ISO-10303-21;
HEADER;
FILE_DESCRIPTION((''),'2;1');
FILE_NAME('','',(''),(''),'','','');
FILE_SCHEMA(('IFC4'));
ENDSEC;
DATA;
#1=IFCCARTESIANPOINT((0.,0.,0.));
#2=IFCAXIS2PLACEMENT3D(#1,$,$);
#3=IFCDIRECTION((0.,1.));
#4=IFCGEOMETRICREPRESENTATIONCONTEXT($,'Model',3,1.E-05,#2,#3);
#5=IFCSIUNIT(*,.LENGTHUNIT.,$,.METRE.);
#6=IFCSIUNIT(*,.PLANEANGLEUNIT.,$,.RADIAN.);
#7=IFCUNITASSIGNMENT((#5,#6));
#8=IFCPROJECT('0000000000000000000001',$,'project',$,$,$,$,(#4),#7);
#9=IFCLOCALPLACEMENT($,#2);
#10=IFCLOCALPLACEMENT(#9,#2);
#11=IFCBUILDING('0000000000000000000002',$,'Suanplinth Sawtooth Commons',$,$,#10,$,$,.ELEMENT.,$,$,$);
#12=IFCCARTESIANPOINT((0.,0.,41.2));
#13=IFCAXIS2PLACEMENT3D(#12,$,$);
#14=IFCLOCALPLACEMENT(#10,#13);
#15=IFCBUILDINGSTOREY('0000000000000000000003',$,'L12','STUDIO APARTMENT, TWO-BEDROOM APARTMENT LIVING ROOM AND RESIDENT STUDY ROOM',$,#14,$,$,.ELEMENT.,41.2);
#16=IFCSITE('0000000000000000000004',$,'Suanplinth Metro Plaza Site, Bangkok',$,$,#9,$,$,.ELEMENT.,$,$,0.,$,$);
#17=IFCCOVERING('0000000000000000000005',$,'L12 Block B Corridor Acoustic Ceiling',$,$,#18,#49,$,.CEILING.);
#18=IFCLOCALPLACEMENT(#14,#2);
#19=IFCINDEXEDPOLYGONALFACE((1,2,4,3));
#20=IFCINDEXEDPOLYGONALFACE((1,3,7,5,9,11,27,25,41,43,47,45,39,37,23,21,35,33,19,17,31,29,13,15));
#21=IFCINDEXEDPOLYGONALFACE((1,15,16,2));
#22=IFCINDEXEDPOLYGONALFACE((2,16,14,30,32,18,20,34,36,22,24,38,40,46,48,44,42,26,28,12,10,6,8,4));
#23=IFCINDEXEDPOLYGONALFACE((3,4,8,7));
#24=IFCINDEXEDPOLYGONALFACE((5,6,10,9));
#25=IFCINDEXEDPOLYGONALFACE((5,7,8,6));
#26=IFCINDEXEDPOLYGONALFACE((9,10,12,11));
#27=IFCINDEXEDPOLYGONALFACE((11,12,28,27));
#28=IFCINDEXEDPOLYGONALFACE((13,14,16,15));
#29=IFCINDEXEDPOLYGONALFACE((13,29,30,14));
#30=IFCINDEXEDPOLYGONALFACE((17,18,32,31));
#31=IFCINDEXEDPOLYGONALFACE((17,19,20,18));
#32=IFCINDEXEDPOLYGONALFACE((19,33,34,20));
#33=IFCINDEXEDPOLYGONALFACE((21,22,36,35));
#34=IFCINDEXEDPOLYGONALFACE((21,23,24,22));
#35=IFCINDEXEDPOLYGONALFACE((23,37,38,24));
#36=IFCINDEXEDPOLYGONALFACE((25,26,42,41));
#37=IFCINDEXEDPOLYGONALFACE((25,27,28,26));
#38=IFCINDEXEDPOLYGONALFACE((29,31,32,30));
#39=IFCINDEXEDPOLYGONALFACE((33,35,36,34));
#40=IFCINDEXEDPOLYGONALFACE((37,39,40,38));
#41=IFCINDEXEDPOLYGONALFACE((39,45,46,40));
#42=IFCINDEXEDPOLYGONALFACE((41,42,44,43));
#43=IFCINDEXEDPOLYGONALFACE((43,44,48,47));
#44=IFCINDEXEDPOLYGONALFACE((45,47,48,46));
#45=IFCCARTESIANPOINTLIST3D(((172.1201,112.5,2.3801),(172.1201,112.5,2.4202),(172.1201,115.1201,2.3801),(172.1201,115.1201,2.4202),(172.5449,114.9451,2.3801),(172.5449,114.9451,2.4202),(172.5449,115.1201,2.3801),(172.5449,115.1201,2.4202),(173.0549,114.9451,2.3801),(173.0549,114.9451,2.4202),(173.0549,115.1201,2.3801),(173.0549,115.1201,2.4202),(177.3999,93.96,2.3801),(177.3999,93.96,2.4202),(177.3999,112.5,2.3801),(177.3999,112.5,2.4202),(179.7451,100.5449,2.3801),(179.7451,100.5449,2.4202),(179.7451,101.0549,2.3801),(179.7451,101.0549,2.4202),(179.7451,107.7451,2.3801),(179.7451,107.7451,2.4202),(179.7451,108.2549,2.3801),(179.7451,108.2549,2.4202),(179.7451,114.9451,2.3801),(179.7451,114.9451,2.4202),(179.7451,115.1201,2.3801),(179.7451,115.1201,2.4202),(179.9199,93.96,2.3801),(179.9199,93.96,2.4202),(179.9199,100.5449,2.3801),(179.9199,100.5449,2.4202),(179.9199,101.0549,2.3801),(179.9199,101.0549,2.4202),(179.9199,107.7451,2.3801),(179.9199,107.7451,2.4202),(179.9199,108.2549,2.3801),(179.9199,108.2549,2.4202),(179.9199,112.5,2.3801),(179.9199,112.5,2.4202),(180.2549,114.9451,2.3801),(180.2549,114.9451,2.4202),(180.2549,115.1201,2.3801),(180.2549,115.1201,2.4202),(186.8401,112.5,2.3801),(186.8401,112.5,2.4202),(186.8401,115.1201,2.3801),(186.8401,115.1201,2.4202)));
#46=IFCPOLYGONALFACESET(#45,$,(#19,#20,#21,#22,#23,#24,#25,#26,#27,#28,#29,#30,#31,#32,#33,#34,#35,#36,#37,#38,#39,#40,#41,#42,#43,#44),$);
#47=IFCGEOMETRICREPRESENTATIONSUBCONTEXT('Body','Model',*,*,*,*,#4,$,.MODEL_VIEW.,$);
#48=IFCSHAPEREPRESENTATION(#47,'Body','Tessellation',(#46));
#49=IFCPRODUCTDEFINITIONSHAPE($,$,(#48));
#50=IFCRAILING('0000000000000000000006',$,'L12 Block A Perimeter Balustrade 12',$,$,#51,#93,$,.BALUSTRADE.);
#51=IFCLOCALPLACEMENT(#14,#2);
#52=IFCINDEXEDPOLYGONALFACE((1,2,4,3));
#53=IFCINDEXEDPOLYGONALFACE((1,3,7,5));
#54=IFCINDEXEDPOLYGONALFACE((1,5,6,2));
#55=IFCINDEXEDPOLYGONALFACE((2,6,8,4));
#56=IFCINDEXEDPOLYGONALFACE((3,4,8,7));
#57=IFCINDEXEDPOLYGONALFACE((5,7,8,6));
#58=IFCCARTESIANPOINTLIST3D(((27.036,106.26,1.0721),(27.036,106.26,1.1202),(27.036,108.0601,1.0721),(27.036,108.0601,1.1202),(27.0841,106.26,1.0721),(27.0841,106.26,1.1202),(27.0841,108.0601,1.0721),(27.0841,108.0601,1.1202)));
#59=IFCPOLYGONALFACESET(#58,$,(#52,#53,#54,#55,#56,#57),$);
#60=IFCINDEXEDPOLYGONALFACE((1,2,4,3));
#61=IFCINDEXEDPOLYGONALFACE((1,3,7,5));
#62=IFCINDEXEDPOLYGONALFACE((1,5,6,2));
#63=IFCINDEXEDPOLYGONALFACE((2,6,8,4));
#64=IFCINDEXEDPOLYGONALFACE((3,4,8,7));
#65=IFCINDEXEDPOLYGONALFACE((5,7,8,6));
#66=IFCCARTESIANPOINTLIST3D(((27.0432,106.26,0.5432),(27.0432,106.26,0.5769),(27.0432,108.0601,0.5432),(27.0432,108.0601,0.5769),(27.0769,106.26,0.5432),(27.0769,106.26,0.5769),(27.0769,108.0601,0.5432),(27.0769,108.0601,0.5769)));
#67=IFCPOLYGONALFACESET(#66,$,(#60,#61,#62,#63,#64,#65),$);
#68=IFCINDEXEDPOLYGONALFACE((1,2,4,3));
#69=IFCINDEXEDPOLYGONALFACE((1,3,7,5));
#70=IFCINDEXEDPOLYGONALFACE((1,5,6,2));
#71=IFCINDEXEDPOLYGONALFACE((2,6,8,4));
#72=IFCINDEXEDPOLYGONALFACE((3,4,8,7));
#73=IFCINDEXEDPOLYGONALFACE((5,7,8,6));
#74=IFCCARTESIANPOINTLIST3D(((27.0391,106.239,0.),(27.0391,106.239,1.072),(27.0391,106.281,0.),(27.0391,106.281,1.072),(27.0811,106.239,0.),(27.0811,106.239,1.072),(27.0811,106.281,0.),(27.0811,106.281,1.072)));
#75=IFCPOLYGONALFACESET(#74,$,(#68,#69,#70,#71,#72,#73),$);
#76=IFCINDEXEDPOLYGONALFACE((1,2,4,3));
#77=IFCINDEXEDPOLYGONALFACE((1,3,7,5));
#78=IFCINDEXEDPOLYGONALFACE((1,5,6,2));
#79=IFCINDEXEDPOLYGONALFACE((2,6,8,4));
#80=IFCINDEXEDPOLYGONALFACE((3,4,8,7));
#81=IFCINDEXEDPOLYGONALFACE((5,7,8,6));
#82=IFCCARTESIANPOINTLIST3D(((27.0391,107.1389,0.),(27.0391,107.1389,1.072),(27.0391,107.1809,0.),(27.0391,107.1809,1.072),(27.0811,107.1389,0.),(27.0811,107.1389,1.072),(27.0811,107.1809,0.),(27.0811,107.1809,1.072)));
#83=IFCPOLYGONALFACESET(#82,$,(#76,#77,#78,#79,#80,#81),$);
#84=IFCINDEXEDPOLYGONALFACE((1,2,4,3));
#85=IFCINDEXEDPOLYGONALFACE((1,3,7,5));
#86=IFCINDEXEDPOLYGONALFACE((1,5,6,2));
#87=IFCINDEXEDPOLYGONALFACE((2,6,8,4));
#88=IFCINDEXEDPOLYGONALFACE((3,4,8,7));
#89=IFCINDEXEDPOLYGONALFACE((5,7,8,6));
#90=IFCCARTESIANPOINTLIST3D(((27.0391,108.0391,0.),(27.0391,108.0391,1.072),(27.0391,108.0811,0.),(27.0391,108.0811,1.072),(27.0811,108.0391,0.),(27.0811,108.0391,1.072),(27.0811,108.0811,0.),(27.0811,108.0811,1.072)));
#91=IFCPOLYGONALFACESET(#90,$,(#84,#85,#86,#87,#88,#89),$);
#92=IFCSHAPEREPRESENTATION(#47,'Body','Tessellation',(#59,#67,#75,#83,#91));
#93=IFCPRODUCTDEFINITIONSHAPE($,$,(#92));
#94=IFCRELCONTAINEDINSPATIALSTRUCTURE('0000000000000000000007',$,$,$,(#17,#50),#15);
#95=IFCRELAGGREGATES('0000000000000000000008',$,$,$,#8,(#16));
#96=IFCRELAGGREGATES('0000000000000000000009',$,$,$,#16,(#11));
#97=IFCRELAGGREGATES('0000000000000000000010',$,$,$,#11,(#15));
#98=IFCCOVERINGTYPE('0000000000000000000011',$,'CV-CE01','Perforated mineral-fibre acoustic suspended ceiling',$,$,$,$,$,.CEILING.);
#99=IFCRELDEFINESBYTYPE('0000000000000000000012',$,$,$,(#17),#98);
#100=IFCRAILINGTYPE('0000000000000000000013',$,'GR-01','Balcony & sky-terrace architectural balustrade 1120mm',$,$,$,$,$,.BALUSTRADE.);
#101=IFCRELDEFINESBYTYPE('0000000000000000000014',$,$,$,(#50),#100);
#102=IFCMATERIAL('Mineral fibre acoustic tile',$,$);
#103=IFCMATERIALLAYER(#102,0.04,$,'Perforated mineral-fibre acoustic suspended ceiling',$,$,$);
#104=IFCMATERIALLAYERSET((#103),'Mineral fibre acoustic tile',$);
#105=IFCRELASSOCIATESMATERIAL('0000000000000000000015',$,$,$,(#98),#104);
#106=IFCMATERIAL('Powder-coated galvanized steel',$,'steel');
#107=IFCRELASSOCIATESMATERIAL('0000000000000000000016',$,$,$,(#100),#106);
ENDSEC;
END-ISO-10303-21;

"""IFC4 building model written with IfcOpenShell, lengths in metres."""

from ifc_helpers import new_model, si_unit, direction, frame, origin, origin_2d, place, context, subcontext, project, spatial, polyline, rectangle, outline, extrude, material, layer, layer_set, type_object, element, save


model = new_model("IFC4")

# Units and contexts
model_context = context("Model", 3, precision=1e-05, world=origin(), true_north=direction((0.0, 1.0)))
body_context = subcontext(model_context, "Body", "Model", "MODEL_VIEW")
ifc_project = project(units=[si_unit("LENGTHUNIT", "METRE"), si_unit("PLANEANGLEUNIT", "RADIAN")], contexts=[model_context])

# Site, building, storey
site_placement = place(None, origin())
site = spatial("IfcSite", under=ifc_project, at=site_placement, Name="Suanplinth Metro Plaza Site, Bangkok", CompositionType="ELEMENT", RefElevation=0.0)
building_placement = place(site_placement, origin())
building = spatial("IfcBuilding", under=site, at=building_placement, Name="Suanplinth Sawtooth Commons", CompositionType="ELEMENT")
storey_placement = place(building_placement, frame((0.0, 0.0, 41.2)))
storey = spatial("IfcBuildingStorey", under=building, at=storey_placement, Name="L12", Description="STUDIO APARTMENT, TWO-BEDROOM APARTMENT LIVING ROOM AND RESIDENT STUDY ROOM", CompositionType="ELEMENT", Elevation=41.2)

# Covering
ifc_material_1 = material(Name="Mineral fibre acoustic tile")
ifc_layer_1 = layer(ifc_material_1, 0.04, Name="Perforated mineral-fibre acoustic suspended ceiling")
ifc_layer_set_1 = layer_set([ifc_layer_1], Name="Mineral fibre acoustic tile")
covering_type = type_object("IfcCoveringType", Name="CV-CE01", Description="Perforated mineral-fibre acoustic suspended ceiling", PredefinedType="CEILING", material=ifc_layer_set_1)
covering_1_placement = place(storey_placement, frame((0.0, 0.0, 2.3801)))
element("IfcCovering", 1, at=covering_1_placement, inside=storey, type_object=covering_type, Name="L12 Block B Corridor Acoustic Ceiling", PredefinedType="CEILING", context=body_context, shape_type="SweptSolid", body=[
    extrude(outline(polyline([(172.5449, 115.1201), (172.5449, 114.9451), (173.0549, 114.9451), (173.0549, 115.1201), (179.7451, 115.1201), (179.7451, 114.9451), (180.2549, 114.9451), (180.2549, 115.1201), (186.8401, 115.1201), (186.8401, 112.5), (179.9199, 112.5), (179.9199, 108.2549), (179.7451, 108.2549), (179.7451, 107.7451), (179.9199, 107.7451), (179.9199, 101.0549), (179.7451, 101.0549), (179.7451, 100.5449), (179.9199, 100.5449), (179.9199, 93.96), (177.3999, 93.96), (177.3999, 112.5), (172.1201, 112.5), (172.1201, 115.1201), (172.5449, 115.1201)])), origin(), (0.0, 0.0, 1.0), 0.04),
])

# Railing
ifc_material_2 = material(Name="Powder-coated galvanized steel", Category="steel")
railing_type = type_object("IfcRailingType", Name="GR-01", Description="Balcony & sky-terrace architectural balustrade 1120mm", PredefinedType="BALUSTRADE", material=ifc_material_2)
railing_placement = place(storey_placement, frame((27.0601, 106.26, 0.0)))
element("IfcRailing", 2, at=railing_placement, inside=storey, type_object=railing_type, Name="L12 Block A Perimeter Balustrade 12", PredefinedType="BALUSTRADE", context=body_context, shape_type="SweptSolid", body=[
    extrude(rectangle(XDim=0.0481, YDim=0.0481, at=origin_2d()), frame((0.0, 0.0, 1.0962), z_axis=(0.0, 1.0, 0.0), x_axis=(-1.0, 0.0, 0.0)), (0.0, 0.0, 1.0), 1.8),
    extrude(rectangle(XDim=0.0337, YDim=0.0337, at=origin_2d()), frame((0.0, 0.0, 0.5601), z_axis=(0.0, 1.0, 0.0), x_axis=(-1.0, 0.0, 0.0)), (0.0, 0.0, 1.0), 1.8),
    extrude(rectangle(XDim=0.042, YDim=0.042, at=origin_2d()), origin(), (0.0, 0.0, 1.0), 1.072),
    extrude(rectangle(XDim=0.042, YDim=0.042, at=origin_2d()), frame((0.0, 0.8999, 0.0)), (0.0, 0.0, 1.0), 1.072),
    extrude(rectangle(XDim=0.042, YDim=0.042, at=origin_2d()), frame((0.0, 1.8, 0.0)), (0.0, 0.0, 1.0), 1.072),
])

save(model, "model.ifc")
